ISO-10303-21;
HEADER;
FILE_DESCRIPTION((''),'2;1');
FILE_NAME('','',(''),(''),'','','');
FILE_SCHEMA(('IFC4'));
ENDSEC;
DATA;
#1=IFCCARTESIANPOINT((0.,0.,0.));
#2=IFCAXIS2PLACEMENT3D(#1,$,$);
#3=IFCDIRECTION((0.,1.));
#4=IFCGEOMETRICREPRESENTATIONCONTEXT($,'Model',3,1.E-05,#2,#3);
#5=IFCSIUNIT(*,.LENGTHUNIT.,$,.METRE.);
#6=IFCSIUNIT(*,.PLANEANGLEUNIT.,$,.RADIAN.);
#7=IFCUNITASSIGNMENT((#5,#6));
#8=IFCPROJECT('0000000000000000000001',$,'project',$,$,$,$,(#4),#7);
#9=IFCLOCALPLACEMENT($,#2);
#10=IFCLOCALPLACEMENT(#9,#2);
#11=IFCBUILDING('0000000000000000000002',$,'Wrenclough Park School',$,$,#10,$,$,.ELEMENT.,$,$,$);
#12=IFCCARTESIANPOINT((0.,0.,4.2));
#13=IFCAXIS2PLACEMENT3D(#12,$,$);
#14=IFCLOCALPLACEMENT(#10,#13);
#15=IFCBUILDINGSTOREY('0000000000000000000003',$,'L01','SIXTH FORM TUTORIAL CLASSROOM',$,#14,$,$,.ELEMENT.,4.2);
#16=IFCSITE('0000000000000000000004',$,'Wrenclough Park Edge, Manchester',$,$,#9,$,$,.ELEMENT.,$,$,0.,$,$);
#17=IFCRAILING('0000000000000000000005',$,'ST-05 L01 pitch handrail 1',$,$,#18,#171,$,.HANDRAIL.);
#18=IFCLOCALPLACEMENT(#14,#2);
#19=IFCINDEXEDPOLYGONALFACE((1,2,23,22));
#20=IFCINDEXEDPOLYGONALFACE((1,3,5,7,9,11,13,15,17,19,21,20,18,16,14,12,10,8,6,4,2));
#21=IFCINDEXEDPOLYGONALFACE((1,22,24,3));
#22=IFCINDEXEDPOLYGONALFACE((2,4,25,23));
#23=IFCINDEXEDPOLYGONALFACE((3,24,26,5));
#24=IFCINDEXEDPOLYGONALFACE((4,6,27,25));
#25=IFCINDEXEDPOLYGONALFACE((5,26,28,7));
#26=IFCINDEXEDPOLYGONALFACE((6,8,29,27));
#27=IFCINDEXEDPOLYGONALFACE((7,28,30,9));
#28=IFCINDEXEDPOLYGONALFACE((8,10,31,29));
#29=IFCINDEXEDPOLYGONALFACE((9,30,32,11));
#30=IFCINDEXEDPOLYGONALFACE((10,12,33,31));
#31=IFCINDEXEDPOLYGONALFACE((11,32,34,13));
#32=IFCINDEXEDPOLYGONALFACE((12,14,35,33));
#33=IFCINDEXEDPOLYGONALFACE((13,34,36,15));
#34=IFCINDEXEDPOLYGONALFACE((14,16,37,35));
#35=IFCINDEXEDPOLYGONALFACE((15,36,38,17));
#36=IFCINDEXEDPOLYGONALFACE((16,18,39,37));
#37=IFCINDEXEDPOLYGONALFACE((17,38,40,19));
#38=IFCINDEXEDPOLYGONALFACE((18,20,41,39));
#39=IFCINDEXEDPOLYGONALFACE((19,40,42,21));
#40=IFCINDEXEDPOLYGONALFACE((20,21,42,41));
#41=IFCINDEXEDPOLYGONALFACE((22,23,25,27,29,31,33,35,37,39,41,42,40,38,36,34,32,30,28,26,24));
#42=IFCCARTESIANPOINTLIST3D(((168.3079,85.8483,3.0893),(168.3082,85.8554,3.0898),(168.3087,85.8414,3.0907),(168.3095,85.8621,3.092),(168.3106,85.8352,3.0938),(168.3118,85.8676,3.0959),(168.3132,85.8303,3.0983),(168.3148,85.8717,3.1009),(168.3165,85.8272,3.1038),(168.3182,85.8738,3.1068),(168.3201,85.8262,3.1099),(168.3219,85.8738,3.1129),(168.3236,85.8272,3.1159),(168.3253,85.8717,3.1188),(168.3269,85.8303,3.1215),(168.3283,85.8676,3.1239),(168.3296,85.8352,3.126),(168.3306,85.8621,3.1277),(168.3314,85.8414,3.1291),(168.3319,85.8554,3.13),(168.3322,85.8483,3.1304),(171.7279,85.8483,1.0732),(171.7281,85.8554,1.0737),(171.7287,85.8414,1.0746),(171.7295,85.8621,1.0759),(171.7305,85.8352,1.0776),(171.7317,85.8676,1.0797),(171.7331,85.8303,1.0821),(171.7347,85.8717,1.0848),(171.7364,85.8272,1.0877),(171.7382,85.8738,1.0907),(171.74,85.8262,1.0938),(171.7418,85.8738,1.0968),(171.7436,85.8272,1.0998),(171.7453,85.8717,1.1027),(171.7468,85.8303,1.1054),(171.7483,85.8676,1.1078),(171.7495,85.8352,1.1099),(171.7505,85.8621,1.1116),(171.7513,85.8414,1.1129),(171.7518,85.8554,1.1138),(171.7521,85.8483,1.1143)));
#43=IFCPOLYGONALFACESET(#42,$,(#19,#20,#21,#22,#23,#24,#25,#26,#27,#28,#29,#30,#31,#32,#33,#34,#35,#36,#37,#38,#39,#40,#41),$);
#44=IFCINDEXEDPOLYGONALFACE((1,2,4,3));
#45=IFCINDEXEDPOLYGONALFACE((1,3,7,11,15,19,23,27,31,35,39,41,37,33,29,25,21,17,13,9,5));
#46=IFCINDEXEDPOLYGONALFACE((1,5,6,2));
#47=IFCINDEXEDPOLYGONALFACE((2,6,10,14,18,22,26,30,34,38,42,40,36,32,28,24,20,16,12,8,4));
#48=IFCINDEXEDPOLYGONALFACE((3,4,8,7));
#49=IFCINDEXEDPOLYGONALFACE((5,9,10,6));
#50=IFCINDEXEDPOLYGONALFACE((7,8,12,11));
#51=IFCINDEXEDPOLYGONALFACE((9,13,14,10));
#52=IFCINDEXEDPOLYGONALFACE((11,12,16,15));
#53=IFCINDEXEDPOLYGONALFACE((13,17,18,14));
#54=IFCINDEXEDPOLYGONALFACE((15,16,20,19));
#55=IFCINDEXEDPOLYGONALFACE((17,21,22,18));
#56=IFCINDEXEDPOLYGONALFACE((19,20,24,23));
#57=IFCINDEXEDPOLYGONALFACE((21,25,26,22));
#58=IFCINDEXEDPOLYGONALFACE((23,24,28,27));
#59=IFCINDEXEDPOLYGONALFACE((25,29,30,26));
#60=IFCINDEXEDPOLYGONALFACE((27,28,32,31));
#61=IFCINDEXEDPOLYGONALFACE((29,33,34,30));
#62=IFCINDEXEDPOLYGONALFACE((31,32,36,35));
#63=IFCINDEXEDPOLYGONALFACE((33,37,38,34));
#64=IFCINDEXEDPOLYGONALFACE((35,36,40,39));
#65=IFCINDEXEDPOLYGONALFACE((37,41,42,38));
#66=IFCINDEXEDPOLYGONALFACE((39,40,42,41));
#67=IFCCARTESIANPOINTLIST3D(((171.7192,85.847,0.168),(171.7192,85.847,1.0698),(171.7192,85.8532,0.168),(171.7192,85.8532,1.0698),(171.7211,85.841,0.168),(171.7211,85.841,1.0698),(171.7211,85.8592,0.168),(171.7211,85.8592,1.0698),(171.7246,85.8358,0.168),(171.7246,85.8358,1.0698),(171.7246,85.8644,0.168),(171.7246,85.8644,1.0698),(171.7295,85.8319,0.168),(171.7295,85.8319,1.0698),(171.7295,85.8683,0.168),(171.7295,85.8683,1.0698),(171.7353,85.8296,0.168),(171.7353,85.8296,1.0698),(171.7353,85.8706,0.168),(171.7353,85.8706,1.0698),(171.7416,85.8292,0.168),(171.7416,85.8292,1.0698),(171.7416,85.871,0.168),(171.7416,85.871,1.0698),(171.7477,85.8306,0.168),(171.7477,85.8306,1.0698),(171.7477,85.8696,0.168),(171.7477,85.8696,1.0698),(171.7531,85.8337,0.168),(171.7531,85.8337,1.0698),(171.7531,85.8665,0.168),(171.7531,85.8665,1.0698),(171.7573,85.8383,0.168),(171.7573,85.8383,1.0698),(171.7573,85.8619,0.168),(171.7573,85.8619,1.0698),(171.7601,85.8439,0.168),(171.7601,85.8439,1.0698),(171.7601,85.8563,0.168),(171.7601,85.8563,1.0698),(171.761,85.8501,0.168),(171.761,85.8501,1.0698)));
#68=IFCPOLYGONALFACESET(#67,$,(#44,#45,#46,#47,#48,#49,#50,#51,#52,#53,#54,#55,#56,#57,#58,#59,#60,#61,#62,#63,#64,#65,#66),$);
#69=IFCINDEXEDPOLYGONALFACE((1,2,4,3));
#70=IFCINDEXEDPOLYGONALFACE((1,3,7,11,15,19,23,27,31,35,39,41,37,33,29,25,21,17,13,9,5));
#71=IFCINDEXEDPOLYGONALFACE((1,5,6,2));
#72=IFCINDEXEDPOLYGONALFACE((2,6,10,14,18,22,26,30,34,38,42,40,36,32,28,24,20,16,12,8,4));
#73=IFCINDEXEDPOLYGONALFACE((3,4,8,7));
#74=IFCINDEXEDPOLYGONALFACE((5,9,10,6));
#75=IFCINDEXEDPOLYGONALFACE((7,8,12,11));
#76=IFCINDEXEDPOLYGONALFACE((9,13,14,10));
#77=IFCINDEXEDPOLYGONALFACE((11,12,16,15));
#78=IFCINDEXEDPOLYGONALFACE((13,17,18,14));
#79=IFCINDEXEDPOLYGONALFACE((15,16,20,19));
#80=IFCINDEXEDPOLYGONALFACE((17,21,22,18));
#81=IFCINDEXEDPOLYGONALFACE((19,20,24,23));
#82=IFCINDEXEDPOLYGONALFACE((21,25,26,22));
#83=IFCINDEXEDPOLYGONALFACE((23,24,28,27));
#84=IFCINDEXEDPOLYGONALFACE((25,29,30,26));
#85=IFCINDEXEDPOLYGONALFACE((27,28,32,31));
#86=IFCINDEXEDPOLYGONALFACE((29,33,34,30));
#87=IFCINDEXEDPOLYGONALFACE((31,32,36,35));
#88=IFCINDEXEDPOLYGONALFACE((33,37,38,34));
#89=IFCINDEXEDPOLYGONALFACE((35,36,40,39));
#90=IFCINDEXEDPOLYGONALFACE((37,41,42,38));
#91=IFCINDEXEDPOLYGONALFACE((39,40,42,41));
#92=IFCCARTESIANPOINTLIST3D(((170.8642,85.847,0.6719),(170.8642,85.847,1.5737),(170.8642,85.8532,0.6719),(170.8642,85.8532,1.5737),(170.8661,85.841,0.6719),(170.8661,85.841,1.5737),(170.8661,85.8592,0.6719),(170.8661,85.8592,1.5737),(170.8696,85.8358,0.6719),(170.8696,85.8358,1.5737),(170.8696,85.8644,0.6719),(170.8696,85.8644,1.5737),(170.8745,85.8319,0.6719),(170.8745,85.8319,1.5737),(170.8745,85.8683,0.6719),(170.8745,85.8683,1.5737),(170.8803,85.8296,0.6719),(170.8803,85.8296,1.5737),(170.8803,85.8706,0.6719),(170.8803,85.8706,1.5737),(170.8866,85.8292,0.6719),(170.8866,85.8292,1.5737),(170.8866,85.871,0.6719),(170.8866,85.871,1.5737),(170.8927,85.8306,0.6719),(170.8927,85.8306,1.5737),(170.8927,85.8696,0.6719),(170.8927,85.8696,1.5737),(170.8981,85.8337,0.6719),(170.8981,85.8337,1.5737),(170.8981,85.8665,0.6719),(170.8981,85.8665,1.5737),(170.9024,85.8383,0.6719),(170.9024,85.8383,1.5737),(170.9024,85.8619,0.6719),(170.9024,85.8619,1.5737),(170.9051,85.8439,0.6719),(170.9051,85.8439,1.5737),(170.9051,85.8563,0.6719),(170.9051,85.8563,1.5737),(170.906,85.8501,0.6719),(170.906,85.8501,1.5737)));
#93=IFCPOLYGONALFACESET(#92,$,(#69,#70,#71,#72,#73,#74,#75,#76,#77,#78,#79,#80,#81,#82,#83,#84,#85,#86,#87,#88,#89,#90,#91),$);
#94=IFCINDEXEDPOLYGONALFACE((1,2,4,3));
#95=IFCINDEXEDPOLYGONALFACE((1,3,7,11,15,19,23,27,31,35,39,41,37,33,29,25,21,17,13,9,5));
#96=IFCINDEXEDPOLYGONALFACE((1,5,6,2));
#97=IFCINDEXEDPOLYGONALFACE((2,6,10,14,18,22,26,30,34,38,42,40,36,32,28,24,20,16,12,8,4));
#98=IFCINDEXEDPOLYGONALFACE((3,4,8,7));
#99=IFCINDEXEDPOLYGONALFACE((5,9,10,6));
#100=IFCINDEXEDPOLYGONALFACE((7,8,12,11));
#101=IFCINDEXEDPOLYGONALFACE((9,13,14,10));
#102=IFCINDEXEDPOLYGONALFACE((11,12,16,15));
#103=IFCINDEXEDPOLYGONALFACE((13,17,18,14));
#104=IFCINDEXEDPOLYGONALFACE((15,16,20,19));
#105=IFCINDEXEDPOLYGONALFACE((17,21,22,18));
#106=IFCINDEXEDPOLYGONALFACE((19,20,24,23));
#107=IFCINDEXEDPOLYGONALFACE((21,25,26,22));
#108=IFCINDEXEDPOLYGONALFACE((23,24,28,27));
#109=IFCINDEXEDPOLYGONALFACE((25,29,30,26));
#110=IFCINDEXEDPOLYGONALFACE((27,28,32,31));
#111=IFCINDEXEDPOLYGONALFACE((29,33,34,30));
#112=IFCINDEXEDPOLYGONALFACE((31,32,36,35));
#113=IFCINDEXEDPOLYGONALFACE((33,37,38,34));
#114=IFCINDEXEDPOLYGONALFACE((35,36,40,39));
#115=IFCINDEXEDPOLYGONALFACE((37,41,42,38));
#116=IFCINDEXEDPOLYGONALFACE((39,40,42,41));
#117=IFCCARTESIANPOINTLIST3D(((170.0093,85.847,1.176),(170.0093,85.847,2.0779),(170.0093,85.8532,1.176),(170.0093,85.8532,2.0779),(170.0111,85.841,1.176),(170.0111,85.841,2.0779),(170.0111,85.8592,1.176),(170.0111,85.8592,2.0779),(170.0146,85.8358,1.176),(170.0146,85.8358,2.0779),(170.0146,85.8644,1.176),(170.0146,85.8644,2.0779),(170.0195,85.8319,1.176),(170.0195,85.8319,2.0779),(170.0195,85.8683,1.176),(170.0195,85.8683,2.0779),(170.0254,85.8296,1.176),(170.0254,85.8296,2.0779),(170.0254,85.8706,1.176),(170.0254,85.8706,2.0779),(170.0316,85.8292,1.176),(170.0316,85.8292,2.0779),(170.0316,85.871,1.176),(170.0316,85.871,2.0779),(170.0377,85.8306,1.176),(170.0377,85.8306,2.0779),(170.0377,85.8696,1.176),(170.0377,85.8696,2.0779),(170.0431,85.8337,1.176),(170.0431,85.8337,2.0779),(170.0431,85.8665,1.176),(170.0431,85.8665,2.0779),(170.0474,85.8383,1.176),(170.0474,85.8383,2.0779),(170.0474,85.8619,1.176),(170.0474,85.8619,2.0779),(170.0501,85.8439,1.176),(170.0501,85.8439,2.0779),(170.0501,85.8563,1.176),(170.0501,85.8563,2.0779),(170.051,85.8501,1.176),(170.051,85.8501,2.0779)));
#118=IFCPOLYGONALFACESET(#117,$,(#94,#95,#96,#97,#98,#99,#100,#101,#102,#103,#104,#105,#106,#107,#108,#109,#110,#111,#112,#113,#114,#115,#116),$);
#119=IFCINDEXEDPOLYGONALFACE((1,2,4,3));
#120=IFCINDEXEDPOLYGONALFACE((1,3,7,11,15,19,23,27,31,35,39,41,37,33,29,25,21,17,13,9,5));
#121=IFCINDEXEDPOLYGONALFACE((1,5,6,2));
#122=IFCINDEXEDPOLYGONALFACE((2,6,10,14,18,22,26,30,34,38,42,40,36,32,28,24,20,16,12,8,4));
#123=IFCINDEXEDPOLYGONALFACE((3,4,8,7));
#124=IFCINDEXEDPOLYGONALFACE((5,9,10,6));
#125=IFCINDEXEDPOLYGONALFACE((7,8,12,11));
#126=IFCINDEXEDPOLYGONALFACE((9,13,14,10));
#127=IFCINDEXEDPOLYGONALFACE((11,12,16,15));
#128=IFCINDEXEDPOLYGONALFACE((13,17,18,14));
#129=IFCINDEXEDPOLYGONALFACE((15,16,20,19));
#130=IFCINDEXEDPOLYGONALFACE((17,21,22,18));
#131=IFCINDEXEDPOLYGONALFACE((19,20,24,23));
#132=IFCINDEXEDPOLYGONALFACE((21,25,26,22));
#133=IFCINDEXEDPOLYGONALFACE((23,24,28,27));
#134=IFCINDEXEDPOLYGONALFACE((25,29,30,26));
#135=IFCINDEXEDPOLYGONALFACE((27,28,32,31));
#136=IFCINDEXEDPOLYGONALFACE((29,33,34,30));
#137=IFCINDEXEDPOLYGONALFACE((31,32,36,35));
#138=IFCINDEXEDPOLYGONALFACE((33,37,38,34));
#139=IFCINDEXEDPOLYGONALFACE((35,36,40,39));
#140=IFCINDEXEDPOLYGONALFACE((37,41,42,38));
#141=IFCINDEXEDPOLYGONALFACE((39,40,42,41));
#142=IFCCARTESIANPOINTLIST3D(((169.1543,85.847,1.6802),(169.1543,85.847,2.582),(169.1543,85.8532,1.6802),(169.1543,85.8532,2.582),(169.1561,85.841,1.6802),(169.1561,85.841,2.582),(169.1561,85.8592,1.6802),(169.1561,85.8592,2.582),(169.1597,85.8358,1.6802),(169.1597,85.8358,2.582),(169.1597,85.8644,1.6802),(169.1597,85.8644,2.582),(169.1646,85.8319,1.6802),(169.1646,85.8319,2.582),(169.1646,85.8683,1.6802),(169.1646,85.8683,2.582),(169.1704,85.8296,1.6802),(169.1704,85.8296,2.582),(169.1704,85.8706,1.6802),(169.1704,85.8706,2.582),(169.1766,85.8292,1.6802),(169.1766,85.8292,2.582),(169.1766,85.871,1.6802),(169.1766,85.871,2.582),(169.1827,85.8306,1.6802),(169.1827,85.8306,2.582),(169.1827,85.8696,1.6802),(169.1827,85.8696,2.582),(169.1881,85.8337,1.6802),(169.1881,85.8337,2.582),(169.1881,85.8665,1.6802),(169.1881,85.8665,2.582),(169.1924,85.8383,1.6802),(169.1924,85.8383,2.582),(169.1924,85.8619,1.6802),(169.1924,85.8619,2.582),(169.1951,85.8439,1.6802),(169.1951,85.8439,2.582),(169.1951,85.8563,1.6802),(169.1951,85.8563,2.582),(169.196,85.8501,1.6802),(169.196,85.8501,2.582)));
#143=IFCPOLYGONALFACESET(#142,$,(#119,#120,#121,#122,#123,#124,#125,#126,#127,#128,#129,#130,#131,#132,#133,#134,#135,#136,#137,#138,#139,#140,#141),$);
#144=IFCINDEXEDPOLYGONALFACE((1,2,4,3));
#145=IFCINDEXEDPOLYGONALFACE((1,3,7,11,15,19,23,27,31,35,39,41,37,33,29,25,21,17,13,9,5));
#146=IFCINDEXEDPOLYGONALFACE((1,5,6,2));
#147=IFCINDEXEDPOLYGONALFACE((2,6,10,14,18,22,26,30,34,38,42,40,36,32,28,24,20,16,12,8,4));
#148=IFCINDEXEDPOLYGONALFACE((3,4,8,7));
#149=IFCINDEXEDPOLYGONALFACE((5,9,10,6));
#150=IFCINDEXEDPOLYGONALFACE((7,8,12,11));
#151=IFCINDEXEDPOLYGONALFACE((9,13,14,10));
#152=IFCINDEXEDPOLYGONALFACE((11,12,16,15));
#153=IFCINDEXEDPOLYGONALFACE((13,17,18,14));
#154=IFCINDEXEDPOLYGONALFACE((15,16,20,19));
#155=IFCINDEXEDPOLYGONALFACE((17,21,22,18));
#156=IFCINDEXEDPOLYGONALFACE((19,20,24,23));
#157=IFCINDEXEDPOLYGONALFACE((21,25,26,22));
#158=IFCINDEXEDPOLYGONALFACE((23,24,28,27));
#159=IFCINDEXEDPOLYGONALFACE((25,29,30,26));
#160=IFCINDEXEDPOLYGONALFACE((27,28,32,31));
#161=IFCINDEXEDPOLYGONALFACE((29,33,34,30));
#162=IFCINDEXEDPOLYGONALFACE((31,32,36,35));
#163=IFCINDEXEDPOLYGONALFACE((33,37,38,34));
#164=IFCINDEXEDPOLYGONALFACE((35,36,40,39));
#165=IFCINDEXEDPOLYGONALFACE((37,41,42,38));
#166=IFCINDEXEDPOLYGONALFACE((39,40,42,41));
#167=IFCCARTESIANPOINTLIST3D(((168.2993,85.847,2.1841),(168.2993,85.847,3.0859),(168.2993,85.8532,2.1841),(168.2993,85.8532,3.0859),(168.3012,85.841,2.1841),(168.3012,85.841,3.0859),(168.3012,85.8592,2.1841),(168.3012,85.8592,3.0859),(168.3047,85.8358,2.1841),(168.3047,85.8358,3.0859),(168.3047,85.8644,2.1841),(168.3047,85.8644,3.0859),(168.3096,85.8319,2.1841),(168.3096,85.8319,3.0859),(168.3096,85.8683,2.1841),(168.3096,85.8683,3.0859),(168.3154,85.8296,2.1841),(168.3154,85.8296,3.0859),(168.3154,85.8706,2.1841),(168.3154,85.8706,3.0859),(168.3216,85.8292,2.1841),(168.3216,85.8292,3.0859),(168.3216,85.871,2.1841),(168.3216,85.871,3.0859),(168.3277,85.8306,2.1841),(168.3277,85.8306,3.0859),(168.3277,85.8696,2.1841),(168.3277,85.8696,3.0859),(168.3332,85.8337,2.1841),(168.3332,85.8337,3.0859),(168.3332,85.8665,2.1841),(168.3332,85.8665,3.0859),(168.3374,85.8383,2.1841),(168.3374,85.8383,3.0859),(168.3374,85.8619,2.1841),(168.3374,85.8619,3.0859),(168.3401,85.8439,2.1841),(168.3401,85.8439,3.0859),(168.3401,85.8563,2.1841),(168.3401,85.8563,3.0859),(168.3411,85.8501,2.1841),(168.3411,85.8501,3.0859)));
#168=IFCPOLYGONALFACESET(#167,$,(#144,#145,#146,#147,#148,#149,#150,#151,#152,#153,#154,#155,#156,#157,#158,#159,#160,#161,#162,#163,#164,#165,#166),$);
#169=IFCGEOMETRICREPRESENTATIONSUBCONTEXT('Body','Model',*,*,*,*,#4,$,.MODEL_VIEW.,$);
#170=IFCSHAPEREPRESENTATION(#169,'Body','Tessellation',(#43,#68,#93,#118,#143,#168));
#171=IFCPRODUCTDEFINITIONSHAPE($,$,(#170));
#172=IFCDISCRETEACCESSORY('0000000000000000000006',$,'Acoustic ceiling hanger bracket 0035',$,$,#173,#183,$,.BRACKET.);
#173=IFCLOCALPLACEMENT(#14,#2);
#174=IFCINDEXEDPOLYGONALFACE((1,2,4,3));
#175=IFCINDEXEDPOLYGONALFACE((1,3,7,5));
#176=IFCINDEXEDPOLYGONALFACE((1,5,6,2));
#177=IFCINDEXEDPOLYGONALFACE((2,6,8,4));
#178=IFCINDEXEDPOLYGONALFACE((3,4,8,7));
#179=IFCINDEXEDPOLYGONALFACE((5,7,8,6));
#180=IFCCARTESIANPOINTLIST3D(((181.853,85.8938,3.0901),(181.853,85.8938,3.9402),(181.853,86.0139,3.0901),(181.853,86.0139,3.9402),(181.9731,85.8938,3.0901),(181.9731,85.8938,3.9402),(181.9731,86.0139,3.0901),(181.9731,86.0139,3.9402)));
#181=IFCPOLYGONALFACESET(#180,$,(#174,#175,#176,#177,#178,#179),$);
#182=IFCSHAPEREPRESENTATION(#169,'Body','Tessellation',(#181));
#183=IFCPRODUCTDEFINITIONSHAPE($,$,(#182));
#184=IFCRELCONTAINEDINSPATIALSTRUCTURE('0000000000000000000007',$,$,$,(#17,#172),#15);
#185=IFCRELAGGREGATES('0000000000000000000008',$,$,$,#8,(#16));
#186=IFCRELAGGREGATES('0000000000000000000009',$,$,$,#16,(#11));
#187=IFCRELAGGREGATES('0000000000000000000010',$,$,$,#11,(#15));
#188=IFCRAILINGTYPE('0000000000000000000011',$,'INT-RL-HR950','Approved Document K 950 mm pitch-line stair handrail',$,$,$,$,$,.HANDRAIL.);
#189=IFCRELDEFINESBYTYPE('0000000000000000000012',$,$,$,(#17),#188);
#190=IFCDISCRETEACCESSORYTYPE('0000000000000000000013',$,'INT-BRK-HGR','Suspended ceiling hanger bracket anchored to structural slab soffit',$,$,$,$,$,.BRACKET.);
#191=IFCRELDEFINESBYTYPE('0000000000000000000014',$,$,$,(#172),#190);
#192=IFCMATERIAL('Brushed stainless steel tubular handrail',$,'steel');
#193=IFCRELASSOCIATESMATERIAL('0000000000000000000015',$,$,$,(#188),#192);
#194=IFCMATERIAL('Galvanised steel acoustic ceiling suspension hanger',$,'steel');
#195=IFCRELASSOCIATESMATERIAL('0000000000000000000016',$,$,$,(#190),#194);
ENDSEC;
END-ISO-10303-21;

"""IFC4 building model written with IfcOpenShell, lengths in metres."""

from ifc_helpers import new_model, si_unit, direction, frame, origin, origin_2d, place, context, subcontext, project, spatial, rectangle, circle, extrude, material, type_object, element, save


model = new_model("IFC4")

# Units and contexts
model_context = context("Model", 3, precision=1e-05, world=origin(), true_north=direction((0.0, 1.0)))
body_context = subcontext(model_context, "Body", "Model", "MODEL_VIEW")
ifc_project = project(units=[si_unit("LENGTHUNIT", "METRE"), si_unit("PLANEANGLEUNIT", "RADIAN")], contexts=[model_context])

# Site, building, storey
site_placement = place(None, origin())
site = spatial("IfcSite", under=ifc_project, at=site_placement, Name="Wrenclough Park Edge, Manchester", CompositionType="ELEMENT", RefElevation=0.0)
building_placement = place(site_placement, origin())
building = spatial("IfcBuilding", under=site, at=building_placement, Name="Wrenclough Park School", CompositionType="ELEMENT")
storey_placement = place(building_placement, frame((0.0, 0.0, 4.2)))
storey = spatial("IfcBuildingStorey", under=building, at=storey_placement, Name="L01", Description="SIXTH FORM TUTORIAL CLASSROOM", CompositionType="ELEMENT", Elevation=4.2)

# Railing
ifc_material_1 = material(Name="Brushed stainless steel tubular handrail", Category="steel")
railing_type_1 = type_object("IfcRailingType", Name="INT-RL-HR950", Description="Approved Document K 950 mm pitch-line stair handrail", PredefinedType="HANDRAIL", material=ifc_material_1)
railing_1_placement = place(storey_placement, frame((171.74, 85.8501, 0.168)))
element("IfcRailing", 1, at=railing_1_placement, inside=storey, type_object=railing_type_1, Name="ST-05 L01 pitch handrail 1", PredefinedType="HANDRAIL", context=body_context, shape_type="SweptSolid", body=[
    extrude(circle(Radius=0.0239, at=origin_2d()), frame((0.0, 0.0, 0.9258), z_axis=(-0.86145, 0.0, 0.507842), x_axis=(0.0, -1.0, 0.0)), (0.0, 0.0, 1.0), 3.97),
    extrude(circle(Radius=0.021, at=origin_2d()), origin(), (0.0, 0.0, 1.0), 0.9019),
    extrude(circle(Radius=0.021, at=origin_2d()), frame((-0.855, 0.0, 0.5039)), (0.0, 0.0, 1.0), 0.9019),
    extrude(circle(Radius=0.021, at=origin_2d()), frame((-1.71, 0.0, 1.0081)), (0.0, 0.0, 1.0), 0.9019),
    extrude(circle(Radius=0.021, at=origin_2d()), frame((-2.5649, 0.0, 1.5122)), (0.0, 0.0, 1.0), 0.9019),
    extrude(circle(Radius=0.021, at=origin_2d()), frame((-3.4199, 0.0, 2.0161)), (0.0, 0.0, 1.0), 0.9019),
])

# Discrete accessory
ifc_material_2 = material(Name="Galvanised steel acoustic ceiling suspension hanger", Category="steel")
discrete_accessory_type = type_object("IfcDiscreteAccessoryType", Name="INT-BRK-HGR", Description="Suspended ceiling hanger bracket anchored to structural slab soffit", PredefinedType="BRACKET", material=ifc_material_2)
discrete_accessory_placement = place(storey_placement, frame((181.9131, 85.9539, 3.0901), z_axis=(0.0, 0.0, 1.0), x_axis=(1.0, 0.0, 0.0)))
element("IfcDiscreteAccessory", 2, at=discrete_accessory_placement, inside=storey, type_object=discrete_accessory_type, Name="Acoustic ceiling hanger bracket 0035", PredefinedType="BRACKET", context=body_context, shape_type="SweptSolid", body=[
    extrude(rectangle(XDim=0.1201, YDim=0.1201, at=origin_2d()), origin(), (0.0, 0.0, 1.0), 0.8501),
])

save(model, "model.ifc")
